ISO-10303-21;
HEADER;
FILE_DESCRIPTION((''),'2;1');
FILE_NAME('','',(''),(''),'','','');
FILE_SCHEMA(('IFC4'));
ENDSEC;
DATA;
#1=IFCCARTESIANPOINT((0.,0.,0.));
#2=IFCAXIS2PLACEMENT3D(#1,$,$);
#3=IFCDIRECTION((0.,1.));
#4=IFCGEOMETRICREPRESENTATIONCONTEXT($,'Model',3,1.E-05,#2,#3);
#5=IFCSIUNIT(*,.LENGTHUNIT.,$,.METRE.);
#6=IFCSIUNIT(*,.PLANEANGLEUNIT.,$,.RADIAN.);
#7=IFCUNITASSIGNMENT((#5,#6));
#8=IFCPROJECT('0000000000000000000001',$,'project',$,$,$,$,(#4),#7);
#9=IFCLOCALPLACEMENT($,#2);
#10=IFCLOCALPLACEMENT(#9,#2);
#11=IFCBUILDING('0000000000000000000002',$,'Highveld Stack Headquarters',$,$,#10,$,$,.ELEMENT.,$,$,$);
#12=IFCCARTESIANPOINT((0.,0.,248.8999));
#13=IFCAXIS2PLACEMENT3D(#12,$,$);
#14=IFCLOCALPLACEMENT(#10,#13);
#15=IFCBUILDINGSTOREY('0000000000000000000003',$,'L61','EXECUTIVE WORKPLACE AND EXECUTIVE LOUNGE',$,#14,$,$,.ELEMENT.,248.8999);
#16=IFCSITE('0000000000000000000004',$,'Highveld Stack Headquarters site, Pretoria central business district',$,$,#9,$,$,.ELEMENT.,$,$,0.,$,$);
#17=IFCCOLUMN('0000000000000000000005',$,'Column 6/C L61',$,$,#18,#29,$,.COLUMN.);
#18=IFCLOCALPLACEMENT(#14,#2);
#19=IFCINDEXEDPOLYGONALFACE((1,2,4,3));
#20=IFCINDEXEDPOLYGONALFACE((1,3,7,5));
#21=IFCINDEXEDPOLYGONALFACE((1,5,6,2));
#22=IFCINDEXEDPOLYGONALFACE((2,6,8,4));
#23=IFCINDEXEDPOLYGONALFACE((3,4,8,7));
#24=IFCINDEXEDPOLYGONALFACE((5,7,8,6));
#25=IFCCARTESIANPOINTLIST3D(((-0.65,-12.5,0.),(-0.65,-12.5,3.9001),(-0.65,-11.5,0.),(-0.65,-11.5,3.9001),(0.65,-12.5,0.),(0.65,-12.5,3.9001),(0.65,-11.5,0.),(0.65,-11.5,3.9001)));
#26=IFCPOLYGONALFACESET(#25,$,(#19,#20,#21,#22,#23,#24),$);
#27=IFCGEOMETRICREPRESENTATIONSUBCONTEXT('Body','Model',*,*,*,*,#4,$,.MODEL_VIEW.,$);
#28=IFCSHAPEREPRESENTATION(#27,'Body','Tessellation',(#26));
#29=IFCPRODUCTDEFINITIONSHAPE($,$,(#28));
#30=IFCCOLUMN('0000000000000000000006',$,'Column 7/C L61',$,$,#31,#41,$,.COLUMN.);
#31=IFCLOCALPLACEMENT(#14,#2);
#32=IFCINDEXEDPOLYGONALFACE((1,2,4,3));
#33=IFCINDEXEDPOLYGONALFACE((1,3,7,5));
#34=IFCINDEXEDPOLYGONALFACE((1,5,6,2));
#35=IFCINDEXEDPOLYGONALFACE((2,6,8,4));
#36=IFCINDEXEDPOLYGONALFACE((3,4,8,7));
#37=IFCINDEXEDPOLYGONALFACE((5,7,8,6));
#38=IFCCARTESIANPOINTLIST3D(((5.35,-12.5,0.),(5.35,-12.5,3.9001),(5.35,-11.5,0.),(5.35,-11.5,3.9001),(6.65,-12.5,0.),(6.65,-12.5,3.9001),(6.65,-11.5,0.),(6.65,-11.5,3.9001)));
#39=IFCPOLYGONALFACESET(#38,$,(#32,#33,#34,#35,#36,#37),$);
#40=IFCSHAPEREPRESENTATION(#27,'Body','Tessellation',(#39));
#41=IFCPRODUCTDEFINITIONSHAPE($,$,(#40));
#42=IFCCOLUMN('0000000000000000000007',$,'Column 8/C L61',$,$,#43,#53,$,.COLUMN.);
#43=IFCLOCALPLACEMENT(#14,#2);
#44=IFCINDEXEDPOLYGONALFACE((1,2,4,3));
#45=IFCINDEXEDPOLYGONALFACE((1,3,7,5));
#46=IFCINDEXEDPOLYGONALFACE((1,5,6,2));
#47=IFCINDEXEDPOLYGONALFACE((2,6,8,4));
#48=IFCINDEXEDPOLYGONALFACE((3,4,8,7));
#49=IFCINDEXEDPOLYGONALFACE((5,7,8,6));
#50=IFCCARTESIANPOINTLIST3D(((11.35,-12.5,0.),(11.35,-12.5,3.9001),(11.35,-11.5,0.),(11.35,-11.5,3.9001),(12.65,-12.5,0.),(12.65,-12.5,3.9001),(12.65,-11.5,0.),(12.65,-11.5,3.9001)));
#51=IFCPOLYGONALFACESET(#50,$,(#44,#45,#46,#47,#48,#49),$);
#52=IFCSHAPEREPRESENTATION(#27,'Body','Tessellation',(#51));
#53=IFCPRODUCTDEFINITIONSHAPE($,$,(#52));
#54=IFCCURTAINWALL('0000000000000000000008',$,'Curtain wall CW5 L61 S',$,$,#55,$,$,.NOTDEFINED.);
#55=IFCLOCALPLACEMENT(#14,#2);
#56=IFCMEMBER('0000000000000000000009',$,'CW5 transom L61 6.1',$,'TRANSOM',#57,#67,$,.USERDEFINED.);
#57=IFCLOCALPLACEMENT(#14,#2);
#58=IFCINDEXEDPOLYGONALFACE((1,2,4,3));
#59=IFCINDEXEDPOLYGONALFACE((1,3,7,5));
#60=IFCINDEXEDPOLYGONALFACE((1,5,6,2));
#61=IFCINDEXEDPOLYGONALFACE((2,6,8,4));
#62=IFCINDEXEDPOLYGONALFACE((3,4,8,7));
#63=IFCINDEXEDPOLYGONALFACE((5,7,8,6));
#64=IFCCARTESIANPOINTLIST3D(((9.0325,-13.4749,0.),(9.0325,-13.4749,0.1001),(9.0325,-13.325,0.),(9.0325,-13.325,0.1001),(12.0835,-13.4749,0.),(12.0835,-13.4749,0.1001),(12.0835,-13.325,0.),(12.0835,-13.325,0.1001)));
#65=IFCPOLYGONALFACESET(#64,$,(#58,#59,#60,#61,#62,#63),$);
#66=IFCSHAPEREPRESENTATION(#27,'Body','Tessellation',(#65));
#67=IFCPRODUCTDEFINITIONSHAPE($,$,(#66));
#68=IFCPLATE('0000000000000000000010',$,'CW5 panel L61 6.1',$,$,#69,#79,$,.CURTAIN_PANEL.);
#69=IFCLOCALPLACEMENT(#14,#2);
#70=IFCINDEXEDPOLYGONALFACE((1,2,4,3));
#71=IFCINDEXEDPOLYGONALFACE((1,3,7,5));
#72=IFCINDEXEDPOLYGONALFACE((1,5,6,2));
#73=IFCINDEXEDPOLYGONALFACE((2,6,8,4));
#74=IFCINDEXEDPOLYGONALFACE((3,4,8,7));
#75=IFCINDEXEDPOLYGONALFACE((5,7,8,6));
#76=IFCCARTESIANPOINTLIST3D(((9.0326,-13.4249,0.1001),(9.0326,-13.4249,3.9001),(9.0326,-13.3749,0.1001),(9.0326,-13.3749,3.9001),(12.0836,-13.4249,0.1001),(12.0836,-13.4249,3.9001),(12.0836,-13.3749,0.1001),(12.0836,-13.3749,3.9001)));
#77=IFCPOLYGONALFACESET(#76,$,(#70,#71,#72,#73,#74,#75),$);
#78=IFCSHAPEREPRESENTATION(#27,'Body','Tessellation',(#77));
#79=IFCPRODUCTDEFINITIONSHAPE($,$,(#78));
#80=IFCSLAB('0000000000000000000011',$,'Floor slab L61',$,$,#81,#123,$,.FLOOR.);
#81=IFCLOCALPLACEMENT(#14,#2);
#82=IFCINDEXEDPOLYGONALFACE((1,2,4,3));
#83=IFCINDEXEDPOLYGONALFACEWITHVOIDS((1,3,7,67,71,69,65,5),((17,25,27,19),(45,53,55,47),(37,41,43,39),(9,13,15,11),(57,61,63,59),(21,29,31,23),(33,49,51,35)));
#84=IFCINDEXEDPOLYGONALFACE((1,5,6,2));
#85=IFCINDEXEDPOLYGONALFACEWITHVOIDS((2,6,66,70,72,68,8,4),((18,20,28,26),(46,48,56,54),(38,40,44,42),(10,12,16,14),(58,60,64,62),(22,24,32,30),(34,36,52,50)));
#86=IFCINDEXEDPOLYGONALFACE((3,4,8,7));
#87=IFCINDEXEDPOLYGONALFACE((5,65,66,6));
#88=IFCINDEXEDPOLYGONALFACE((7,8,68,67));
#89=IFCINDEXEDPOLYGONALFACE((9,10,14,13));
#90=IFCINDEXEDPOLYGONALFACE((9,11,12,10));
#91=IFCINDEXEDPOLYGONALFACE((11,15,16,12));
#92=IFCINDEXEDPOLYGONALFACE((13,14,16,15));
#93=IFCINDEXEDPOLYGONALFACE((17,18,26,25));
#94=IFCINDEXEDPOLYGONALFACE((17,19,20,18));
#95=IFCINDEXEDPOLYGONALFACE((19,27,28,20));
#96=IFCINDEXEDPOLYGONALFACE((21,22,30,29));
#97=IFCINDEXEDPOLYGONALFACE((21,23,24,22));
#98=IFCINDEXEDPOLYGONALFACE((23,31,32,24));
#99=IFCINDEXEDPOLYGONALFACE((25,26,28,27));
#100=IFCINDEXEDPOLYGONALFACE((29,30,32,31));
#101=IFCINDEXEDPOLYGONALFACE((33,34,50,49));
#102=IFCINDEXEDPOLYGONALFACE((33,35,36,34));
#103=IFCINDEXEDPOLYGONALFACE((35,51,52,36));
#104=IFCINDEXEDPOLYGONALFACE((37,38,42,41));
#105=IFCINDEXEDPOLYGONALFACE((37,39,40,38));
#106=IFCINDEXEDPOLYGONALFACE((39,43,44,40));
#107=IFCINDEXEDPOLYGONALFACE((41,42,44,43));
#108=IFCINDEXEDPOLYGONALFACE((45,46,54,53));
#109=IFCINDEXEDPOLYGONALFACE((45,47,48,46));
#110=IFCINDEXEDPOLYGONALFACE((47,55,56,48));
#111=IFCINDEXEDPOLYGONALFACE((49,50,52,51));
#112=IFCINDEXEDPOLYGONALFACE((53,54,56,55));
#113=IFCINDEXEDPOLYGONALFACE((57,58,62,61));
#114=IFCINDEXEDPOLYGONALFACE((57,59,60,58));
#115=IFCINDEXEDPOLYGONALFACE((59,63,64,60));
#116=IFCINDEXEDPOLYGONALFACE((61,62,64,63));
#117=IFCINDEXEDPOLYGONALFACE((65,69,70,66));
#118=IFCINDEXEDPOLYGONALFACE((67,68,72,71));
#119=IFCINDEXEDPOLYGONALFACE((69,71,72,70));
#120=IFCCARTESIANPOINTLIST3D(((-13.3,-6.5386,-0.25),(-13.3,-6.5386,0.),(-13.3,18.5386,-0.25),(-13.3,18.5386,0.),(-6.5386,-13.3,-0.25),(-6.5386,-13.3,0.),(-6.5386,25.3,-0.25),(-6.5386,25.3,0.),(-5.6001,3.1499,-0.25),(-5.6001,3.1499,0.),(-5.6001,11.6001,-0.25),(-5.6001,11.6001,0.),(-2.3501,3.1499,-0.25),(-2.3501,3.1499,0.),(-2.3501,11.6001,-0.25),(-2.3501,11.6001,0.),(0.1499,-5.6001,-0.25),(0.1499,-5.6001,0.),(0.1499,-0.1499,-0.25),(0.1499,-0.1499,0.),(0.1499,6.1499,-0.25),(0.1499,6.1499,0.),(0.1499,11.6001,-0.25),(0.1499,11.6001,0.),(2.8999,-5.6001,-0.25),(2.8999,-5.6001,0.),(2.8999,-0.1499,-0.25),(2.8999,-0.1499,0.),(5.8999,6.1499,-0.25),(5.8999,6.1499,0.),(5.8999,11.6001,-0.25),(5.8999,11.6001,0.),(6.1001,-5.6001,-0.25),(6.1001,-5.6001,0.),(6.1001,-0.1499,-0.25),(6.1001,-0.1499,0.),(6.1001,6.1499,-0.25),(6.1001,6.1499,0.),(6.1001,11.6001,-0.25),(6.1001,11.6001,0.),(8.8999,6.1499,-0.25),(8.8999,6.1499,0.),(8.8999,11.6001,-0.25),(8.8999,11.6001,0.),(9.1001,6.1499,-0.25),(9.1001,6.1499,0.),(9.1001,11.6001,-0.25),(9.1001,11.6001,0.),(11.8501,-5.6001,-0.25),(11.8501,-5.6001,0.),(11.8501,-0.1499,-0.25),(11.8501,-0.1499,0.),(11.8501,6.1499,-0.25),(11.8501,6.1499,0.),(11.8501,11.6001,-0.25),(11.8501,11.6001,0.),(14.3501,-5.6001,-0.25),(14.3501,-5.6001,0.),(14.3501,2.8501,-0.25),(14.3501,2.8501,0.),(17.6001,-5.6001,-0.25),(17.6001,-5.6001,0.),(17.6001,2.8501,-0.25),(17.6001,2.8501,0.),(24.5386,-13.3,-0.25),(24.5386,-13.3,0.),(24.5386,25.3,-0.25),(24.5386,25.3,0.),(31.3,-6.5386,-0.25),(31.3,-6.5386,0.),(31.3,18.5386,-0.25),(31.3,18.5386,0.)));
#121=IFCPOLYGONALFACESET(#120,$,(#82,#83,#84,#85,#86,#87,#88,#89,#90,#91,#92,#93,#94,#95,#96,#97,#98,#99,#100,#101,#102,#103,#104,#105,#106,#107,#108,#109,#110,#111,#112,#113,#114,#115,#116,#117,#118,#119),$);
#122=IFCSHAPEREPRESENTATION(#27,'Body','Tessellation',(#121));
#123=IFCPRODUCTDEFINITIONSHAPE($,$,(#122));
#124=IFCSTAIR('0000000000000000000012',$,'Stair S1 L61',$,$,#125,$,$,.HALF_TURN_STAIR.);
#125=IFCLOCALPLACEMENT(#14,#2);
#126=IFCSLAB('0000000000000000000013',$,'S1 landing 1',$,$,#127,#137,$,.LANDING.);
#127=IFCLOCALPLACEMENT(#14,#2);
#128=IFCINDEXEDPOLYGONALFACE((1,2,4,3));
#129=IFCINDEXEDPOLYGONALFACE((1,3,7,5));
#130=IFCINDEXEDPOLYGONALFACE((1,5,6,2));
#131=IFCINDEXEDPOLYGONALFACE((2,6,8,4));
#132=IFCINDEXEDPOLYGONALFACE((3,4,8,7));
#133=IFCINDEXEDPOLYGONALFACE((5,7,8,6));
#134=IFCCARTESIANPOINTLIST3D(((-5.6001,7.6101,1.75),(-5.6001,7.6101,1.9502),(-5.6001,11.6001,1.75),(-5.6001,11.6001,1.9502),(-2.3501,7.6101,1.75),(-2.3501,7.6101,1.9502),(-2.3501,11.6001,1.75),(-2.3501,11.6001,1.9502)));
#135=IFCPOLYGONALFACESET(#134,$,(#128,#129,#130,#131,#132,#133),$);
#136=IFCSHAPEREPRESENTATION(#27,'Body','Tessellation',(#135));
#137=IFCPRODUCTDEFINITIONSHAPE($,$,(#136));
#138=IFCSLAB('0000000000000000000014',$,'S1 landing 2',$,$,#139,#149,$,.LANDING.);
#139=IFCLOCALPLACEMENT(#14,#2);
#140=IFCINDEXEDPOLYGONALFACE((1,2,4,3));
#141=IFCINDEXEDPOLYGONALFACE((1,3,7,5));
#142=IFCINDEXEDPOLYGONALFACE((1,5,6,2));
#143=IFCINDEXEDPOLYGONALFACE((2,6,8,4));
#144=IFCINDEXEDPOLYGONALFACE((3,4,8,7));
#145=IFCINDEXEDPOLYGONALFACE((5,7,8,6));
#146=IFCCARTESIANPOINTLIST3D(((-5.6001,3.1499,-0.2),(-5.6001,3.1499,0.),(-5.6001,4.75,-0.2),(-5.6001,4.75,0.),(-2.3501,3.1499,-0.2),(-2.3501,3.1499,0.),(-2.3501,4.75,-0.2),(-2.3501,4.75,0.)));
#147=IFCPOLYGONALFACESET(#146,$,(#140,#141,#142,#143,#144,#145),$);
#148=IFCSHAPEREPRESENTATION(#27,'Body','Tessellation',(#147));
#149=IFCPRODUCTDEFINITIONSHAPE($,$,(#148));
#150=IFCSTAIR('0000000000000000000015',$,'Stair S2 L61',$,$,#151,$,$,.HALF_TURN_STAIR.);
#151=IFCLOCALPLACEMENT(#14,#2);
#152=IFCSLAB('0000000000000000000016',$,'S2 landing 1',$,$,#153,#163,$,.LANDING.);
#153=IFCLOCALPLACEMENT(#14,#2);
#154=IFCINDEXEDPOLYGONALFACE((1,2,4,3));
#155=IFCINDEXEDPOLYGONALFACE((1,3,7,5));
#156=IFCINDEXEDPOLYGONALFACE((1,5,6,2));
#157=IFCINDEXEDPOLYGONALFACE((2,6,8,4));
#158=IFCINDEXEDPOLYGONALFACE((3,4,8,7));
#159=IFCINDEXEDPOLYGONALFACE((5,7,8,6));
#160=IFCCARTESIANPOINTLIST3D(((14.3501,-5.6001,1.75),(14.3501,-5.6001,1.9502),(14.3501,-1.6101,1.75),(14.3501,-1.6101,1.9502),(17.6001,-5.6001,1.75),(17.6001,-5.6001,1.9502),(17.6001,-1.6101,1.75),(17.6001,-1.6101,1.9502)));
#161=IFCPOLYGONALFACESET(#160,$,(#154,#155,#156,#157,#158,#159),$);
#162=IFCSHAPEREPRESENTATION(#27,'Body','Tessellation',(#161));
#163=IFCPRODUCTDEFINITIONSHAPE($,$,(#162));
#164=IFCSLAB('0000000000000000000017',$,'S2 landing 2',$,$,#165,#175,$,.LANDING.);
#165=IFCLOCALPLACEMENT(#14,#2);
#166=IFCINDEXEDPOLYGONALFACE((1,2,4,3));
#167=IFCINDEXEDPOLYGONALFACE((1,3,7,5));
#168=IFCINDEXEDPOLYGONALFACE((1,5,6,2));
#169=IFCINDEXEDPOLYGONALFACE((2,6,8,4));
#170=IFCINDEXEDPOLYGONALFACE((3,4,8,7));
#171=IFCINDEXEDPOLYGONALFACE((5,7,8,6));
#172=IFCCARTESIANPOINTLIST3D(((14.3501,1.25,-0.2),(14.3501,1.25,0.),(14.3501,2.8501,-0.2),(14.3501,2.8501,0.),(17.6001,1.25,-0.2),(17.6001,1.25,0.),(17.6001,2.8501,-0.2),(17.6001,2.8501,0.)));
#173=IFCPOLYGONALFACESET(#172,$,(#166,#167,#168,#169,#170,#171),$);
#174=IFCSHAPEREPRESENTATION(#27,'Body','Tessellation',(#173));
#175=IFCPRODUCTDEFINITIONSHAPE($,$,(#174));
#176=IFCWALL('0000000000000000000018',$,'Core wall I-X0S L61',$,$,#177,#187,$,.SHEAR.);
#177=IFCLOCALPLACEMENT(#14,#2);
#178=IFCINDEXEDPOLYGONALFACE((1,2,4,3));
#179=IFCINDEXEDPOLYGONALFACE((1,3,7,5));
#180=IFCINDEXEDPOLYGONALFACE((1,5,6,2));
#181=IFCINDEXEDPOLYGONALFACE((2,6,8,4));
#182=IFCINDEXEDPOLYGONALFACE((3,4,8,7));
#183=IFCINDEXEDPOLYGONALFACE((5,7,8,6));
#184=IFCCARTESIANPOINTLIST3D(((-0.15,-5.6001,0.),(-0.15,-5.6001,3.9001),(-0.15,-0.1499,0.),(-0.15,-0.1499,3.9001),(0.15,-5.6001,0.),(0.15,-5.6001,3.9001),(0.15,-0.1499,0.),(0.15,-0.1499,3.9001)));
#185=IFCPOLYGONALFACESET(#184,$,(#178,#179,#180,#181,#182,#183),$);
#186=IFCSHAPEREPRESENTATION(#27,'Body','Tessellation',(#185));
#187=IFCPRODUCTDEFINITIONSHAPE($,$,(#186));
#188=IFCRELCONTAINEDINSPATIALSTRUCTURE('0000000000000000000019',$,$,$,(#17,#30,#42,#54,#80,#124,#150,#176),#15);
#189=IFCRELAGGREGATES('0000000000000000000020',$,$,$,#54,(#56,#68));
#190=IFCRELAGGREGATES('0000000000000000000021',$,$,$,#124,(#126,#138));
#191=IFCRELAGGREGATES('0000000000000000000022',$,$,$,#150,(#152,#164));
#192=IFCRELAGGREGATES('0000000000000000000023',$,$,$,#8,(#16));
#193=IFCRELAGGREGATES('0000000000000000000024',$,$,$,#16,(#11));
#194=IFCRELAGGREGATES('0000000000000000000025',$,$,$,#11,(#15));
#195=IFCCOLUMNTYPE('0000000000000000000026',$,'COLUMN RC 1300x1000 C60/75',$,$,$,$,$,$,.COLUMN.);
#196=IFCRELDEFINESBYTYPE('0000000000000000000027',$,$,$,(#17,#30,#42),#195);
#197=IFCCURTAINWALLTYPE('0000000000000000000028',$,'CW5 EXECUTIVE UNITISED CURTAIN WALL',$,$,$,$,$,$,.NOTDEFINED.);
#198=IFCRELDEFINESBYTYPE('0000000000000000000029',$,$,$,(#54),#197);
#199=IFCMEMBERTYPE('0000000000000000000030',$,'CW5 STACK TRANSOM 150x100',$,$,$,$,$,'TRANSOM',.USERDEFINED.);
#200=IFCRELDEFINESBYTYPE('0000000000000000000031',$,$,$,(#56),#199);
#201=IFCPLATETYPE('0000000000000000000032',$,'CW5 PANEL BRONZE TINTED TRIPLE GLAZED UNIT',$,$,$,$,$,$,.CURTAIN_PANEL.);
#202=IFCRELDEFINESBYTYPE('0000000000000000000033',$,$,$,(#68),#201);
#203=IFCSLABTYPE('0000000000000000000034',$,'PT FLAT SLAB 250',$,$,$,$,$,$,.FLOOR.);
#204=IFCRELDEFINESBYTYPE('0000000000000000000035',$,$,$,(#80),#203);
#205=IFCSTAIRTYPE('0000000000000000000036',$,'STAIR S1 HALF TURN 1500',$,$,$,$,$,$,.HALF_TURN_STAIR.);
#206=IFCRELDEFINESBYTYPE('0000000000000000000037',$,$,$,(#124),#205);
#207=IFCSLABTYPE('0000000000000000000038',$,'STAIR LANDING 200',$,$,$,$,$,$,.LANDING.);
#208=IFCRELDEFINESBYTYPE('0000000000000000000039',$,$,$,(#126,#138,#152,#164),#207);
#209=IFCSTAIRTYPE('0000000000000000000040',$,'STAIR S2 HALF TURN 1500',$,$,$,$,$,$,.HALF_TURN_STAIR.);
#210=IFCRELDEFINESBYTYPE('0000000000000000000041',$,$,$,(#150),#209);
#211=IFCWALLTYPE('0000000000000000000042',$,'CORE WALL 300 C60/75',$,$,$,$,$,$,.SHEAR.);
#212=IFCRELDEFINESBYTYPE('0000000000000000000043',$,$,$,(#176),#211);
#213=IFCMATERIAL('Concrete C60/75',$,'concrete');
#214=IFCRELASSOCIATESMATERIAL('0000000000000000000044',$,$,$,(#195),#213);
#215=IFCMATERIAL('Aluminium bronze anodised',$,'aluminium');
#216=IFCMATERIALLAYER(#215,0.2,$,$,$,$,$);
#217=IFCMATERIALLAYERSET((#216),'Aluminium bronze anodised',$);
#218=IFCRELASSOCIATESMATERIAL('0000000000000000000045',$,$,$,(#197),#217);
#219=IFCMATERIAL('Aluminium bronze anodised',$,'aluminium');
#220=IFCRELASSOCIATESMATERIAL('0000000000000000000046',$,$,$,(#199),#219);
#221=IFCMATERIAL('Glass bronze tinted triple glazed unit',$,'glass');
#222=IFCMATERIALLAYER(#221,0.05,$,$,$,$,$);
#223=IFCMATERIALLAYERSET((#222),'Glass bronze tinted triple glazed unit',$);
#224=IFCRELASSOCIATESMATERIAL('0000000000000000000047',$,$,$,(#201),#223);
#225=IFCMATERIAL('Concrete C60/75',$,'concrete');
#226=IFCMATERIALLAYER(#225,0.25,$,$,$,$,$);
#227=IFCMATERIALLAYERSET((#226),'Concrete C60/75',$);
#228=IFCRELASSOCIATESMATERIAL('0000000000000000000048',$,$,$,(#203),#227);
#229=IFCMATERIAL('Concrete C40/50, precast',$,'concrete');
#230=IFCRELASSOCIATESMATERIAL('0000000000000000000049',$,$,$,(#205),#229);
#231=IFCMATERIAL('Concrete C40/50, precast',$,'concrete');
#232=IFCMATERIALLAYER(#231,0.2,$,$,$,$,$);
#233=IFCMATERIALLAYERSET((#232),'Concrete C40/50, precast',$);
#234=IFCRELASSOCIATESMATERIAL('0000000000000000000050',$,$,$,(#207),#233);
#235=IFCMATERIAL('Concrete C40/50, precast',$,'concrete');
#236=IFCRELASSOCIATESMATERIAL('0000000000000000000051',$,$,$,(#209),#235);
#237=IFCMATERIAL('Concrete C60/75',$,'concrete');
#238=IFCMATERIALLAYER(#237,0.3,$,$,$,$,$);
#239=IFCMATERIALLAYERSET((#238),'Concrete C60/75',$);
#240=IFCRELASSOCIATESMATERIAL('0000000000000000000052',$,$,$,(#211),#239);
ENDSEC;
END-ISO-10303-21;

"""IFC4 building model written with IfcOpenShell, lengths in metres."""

from ifc_helpers import new_model, si_unit, direction, frame, frame_2d, origin, origin_2d, place, context, subcontext, project, spatial, polyline, rectangle, outline, extrude, material, layer, layer_set, material_profile, profile_set, type_object, element, aggregate, save


model = new_model("IFC4")

# Units and contexts
model_context = context("Model", 3, precision=1e-05, world=origin(), true_north=direction((0.0, 1.0)))
body_context = subcontext(model_context, "Body", "Model", "MODEL_VIEW")
ifc_project = project(units=[si_unit("LENGTHUNIT", "METRE"), si_unit("PLANEANGLEUNIT", "RADIAN")], contexts=[model_context])

# Site, building, storey
site_placement = place(None, origin())
site = spatial("IfcSite", under=ifc_project, at=site_placement, Name="Highveld Stack Headquarters site, Pretoria central business district", CompositionType="ELEMENT", RefElevation=0.0)
building_placement = place(site_placement, origin())
building = spatial("IfcBuilding", under=site, at=building_placement, Name="Highveld Stack Headquarters", CompositionType="ELEMENT")
storey_placement = place(building_placement, frame((0.0, 0.0, 248.8999)))
storey = spatial("IfcBuildingStorey", under=building, at=storey_placement, Name="L61", Description="EXECUTIVE WORKPLACE AND EXECUTIVE LOUNGE", CompositionType="ELEMENT", Elevation=248.8999)

# Columns
ifc_material_1 = material(Name="Concrete C60/75", Category="concrete")
ifc_material_profile_1 = material_profile(ifc_material_1, rectangle(XDim=1.3, YDim=1.0, at=origin_2d()), Name="RC 1300x1000")
ifc_profile_set_1 = profile_set([ifc_material_profile_1], Name="Concrete C60/75")
column_type = type_object("IfcColumnType", Name="COLUMN RC 1300x1000 C60/75", PredefinedType="COLUMN", material=ifc_profile_set_1)
for number, where, z_axis, x_axis, name in (
    (1, (0.0, -12.0, 0.0), (0.0, 0.0, 1.0), (1.0, 0.0, 0.0), "Column 6/C L61"),
    (2, (6.0, -12.0, 0.0), (0.0, 0.0, 1.0), (1.0, 0.0, 0.0), "Column 7/C L61"),
    (3, (12.0, -12.0, 0.0), (0.0, 0.0, 1.0), (1.0, 0.0, 0.0), "Column 8/C L61"),
):
    element("IfcColumn", number, at=place(storey_placement, frame(where, z_axis=z_axis, x_axis=x_axis)), inside=storey, type_object=column_type, Name=name, PredefinedType="COLUMN", context=body_context, shape_type="SweptSolid", body=[
        extrude(rectangle(XDim=1.3, YDim=1.0, at=origin_2d()), origin(), (0.0, 0.0, 1.0), 3.9001),
    ])

# Curtain wall, member, plate
ifc_material_2 = material(Name="Aluminium bronze anodised", Category="aluminium")
ifc_layer_1 = layer(ifc_material_2, 0.2)
ifc_layer_set_1 = layer_set([ifc_layer_1], Name="Aluminium bronze anodised")
curtain_wall_type = type_object("IfcCurtainWallType", Name="CW5 EXECUTIVE UNITISED CURTAIN WALL", PredefinedType="NOTDEFINED", material=ifc_layer_set_1)
curtain_wall_placement = place(storey_placement, origin())
curtain_wall = element("IfcCurtainWall", 4, at=curtain_wall_placement, inside=storey, type_object=curtain_wall_type, Name="Curtain wall CW5 L61 S", PredefinedType="NOTDEFINED")
ifc_material_3 = material(Name="Aluminium bronze anodised", Category="aluminium")
ifc_material_profile_2 = material_profile(ifc_material_3, rectangle(XDim=0.1499, YDim=0.1001, at=origin_2d()), Name="CW5 TRANSOM 150x100")
ifc_profile_set_2 = profile_set([ifc_material_profile_2], Name="Aluminium bronze anodised")
member_type = type_object("IfcMemberType", Name="CW5 STACK TRANSOM 150x100", ElementType="TRANSOM", PredefinedType="USERDEFINED", material=ifc_profile_set_2)
member_placement = place(storey_placement, frame((9.0325, -13.3999, 0.05), z_axis=(1.0, 0.0, 0.0), x_axis=(0.0, 1.0, 0.0)))
member = element("IfcMember", 5, at=member_placement, type_object=member_type, Name="CW5 transom L61 6.1", ObjectType="TRANSOM", PredefinedType="USERDEFINED", context=body_context, shape_type="SweptSolid", body=[
    extrude(rectangle(XDim=0.1499, YDim=0.1001, at=origin_2d()), origin(), (0.0, 0.0, 1.0), 3.051),
])
ifc_material_4 = material(Name="Glass bronze tinted triple glazed unit", Category="glass")
ifc_layer_2 = layer(ifc_material_4, 0.05)
ifc_layer_set_2 = layer_set([ifc_layer_2], Name="Glass bronze tinted triple glazed unit")
plate_type = type_object("IfcPlateType", Name="CW5 PANEL BRONZE TINTED TRIPLE GLAZED UNIT", PredefinedType="CURTAIN_PANEL", material=ifc_layer_set_2)
plate_placement = place(storey_placement, frame((10.5581, -13.3999, 0.1001), z_axis=(0.0, 0.0, 1.0), x_axis=(1.0, 0.0, 0.0)))
plate = element("IfcPlate", 6, at=plate_placement, type_object=plate_type, Name="CW5 panel L61 6.1", PredefinedType="CURTAIN_PANEL", context=body_context, shape_type="SweptSolid", body=[
    extrude(rectangle(XDim=3.051, YDim=0.05, at=origin_2d()), origin(), (0.0, 0.0, 1.0), 3.8),
])
aggregate(curtain_wall, [member, plate])

# Slab
ifc_material_5 = material(Name="Concrete C60/75", Category="concrete")
ifc_layer_3 = layer(ifc_material_5, 0.25)
ifc_layer_set_3 = layer_set([ifc_layer_3], Name="Concrete C60/75")
slab_type_1 = type_object("IfcSlabType", Name="PT FLAT SLAB 250", PredefinedType="FLOOR", material=ifc_layer_set_3)
slab_1_placement = place(storey_placement, frame((0.0, 0.0, -0.25)))
element("IfcSlab", 7, at=slab_1_placement, inside=storey, type_object=slab_type_1, Name="Floor slab L61", PredefinedType="FLOOR", context=body_context, shape_type="SweptSolid", body=[
    extrude(outline(polyline([(-6.5386, -13.3), (24.5386, -13.3), (31.3, -6.5386), (31.3, 18.5386), (24.5386, 25.3), (-6.5386, 25.3), (-13.3, 18.5386), (-13.3, -6.5386), (-6.5386, -13.3)]), holes=[polyline([(0.1499, 6.1499), (5.8999, 6.1499), (5.8999, 11.6001), (0.1499, 11.6001), (0.1499, 6.1499)]), polyline([(9.1001, 6.1499), (11.8501, 6.1499), (11.8501, 11.6001), (9.1001, 11.6001), (9.1001, 6.1499)]), polyline([(6.1001, 6.1499), (8.8999, 6.1499), (8.8999, 11.6001), (6.1001, 11.6001), (6.1001, 6.1499)]), polyline([(6.1001, -5.6001), (11.8501, -5.6001), (11.8501, -0.1499), (6.1001, -0.1499), (6.1001, -5.6001)]), polyline([(0.1499, -5.6001), (2.8999, -5.6001), (2.8999, -0.1499), (0.1499, -0.1499), (0.1499, -5.6001)]), polyline([(-5.6001, 3.1499), (-2.3501, 3.1499), (-2.3501, 11.6001), (-5.6001, 11.6001), (-5.6001, 3.1499)]), polyline([(14.3501, -5.6001), (17.6001, -5.6001), (17.6001, 2.8501), (14.3501, 2.8501), (14.3501, -5.6001)])]), origin(), (0.0, 0.0, 1.0), 0.25),
])

# Stairs, slabs
ifc_material_6 = material(Name="Concrete C40/50, precast", Category="concrete")
stair_type_1 = type_object("IfcStairType", Name="STAIR S1 HALF TURN 1500", PredefinedType="HALF_TURN_STAIR", material=ifc_material_6)
stair_1_placement = place(storey_placement, origin())
stair_1 = element("IfcStair", 8, at=stair_1_placement, inside=storey, type_object=stair_type_1, Name="Stair S1 L61", PredefinedType="HALF_TURN_STAIR")
ifc_material_7 = material(Name="Concrete C40/50, precast", Category="concrete")
ifc_layer_4 = layer(ifc_material_7, 0.2)
ifc_layer_set_4 = layer_set([ifc_layer_4], Name="Concrete C40/50, precast")
slab_type_2 = type_object("IfcSlabType", Name="STAIR LANDING 200", PredefinedType="LANDING", material=ifc_layer_set_4)
slab_2_placement = place(storey_placement, frame((0.0, 0.0, 1.75)))
slab_2 = element("IfcSlab", 9, at=slab_2_placement, type_object=slab_type_2, Name="S1 landing 1", PredefinedType="LANDING", context=body_context, shape_type="SweptSolid", body=[
    extrude(outline(polyline([(-5.6001, 7.6101), (-2.3501, 7.6101), (-2.3501, 11.6001), (-5.6001, 11.6001), (-5.6001, 7.6101)])), origin(), (0.0, 0.0, 1.0), 0.2002),
])
slab_3_placement = place(storey_placement, frame((0.0, 0.0, -0.2)))
slab_3 = element("IfcSlab", 10, at=slab_3_placement, type_object=slab_type_2, Name="S1 landing 2", PredefinedType="LANDING", context=body_context, shape_type="SweptSolid", body=[
    extrude(outline(polyline([(-5.6001, 3.1499), (-2.3501, 3.1499), (-2.3501, 4.75), (-5.6001, 4.75), (-5.6001, 3.1499)])), origin(), (0.0, 0.0, 1.0), 0.2),
])
aggregate(stair_1, [slab_2, slab_3])
ifc_material_8 = material(Name="Concrete C40/50, precast", Category="concrete")
stair_type_2 = type_object("IfcStairType", Name="STAIR S2 HALF TURN 1500", PredefinedType="HALF_TURN_STAIR", material=ifc_material_8)
stair_2_placement = place(storey_placement, origin())
stair_2 = element("IfcStair", 11, at=stair_2_placement, inside=storey, type_object=stair_type_2, Name="Stair S2 L61", PredefinedType="HALF_TURN_STAIR")
slab_4_placement = place(storey_placement, frame((0.0, 0.0, 1.75)))
slab_4 = element("IfcSlab", 12, at=slab_4_placement, type_object=slab_type_2, Name="S2 landing 1", PredefinedType="LANDING", context=body_context, shape_type="SweptSolid", body=[
    extrude(outline(polyline([(14.3501, -5.6001), (17.6001, -5.6001), (17.6001, -1.6101), (14.3501, -1.6101), (14.3501, -5.6001)])), origin(), (0.0, 0.0, 1.0), 0.2002),
])
slab_5_placement = place(storey_placement, frame((0.0, 0.0, -0.2)))
slab_5 = element("IfcSlab", 13, at=slab_5_placement, type_object=slab_type_2, Name="S2 landing 2", PredefinedType="LANDING", context=body_context, shape_type="SweptSolid", body=[
    extrude(outline(polyline([(14.3501, 1.25), (17.6001, 1.25), (17.6001, 2.8501), (14.3501, 2.8501), (14.3501, 1.25)])), origin(), (0.0, 0.0, 1.0), 0.2),
])
aggregate(stair_2, [slab_4, slab_5])

# Wall
ifc_material_9 = material(Name="Concrete C60/75", Category="concrete")
ifc_layer_5 = layer(ifc_material_9, 0.3)
ifc_layer_set_5 = layer_set([ifc_layer_5], Name="Concrete C60/75")
wall_type_1 = type_object("IfcWallType", Name="CORE WALL 300 C60/75", PredefinedType="SHEAR", material=ifc_layer_set_5)
wall_1_placement = place(storey_placement, frame((0.0, -5.6001, 0.0), z_axis=(0.0, 0.0, 1.0), x_axis=(0.0, 1.0, 0.0)))
element("IfcWall", 14, at=wall_1_placement, inside=storey, type_object=wall_type_1, Name="Core wall I-X0S L61", PredefinedType="SHEAR", context=body_context, shape_type="SweptSolid", body=[
    extrude(rectangle(XDim=5.4502, YDim=0.3, at=frame_2d((2.7251, 0.0))), origin(), (0.0, 0.0, 1.0), 3.9001),
])

save(model, "model.ifc")
